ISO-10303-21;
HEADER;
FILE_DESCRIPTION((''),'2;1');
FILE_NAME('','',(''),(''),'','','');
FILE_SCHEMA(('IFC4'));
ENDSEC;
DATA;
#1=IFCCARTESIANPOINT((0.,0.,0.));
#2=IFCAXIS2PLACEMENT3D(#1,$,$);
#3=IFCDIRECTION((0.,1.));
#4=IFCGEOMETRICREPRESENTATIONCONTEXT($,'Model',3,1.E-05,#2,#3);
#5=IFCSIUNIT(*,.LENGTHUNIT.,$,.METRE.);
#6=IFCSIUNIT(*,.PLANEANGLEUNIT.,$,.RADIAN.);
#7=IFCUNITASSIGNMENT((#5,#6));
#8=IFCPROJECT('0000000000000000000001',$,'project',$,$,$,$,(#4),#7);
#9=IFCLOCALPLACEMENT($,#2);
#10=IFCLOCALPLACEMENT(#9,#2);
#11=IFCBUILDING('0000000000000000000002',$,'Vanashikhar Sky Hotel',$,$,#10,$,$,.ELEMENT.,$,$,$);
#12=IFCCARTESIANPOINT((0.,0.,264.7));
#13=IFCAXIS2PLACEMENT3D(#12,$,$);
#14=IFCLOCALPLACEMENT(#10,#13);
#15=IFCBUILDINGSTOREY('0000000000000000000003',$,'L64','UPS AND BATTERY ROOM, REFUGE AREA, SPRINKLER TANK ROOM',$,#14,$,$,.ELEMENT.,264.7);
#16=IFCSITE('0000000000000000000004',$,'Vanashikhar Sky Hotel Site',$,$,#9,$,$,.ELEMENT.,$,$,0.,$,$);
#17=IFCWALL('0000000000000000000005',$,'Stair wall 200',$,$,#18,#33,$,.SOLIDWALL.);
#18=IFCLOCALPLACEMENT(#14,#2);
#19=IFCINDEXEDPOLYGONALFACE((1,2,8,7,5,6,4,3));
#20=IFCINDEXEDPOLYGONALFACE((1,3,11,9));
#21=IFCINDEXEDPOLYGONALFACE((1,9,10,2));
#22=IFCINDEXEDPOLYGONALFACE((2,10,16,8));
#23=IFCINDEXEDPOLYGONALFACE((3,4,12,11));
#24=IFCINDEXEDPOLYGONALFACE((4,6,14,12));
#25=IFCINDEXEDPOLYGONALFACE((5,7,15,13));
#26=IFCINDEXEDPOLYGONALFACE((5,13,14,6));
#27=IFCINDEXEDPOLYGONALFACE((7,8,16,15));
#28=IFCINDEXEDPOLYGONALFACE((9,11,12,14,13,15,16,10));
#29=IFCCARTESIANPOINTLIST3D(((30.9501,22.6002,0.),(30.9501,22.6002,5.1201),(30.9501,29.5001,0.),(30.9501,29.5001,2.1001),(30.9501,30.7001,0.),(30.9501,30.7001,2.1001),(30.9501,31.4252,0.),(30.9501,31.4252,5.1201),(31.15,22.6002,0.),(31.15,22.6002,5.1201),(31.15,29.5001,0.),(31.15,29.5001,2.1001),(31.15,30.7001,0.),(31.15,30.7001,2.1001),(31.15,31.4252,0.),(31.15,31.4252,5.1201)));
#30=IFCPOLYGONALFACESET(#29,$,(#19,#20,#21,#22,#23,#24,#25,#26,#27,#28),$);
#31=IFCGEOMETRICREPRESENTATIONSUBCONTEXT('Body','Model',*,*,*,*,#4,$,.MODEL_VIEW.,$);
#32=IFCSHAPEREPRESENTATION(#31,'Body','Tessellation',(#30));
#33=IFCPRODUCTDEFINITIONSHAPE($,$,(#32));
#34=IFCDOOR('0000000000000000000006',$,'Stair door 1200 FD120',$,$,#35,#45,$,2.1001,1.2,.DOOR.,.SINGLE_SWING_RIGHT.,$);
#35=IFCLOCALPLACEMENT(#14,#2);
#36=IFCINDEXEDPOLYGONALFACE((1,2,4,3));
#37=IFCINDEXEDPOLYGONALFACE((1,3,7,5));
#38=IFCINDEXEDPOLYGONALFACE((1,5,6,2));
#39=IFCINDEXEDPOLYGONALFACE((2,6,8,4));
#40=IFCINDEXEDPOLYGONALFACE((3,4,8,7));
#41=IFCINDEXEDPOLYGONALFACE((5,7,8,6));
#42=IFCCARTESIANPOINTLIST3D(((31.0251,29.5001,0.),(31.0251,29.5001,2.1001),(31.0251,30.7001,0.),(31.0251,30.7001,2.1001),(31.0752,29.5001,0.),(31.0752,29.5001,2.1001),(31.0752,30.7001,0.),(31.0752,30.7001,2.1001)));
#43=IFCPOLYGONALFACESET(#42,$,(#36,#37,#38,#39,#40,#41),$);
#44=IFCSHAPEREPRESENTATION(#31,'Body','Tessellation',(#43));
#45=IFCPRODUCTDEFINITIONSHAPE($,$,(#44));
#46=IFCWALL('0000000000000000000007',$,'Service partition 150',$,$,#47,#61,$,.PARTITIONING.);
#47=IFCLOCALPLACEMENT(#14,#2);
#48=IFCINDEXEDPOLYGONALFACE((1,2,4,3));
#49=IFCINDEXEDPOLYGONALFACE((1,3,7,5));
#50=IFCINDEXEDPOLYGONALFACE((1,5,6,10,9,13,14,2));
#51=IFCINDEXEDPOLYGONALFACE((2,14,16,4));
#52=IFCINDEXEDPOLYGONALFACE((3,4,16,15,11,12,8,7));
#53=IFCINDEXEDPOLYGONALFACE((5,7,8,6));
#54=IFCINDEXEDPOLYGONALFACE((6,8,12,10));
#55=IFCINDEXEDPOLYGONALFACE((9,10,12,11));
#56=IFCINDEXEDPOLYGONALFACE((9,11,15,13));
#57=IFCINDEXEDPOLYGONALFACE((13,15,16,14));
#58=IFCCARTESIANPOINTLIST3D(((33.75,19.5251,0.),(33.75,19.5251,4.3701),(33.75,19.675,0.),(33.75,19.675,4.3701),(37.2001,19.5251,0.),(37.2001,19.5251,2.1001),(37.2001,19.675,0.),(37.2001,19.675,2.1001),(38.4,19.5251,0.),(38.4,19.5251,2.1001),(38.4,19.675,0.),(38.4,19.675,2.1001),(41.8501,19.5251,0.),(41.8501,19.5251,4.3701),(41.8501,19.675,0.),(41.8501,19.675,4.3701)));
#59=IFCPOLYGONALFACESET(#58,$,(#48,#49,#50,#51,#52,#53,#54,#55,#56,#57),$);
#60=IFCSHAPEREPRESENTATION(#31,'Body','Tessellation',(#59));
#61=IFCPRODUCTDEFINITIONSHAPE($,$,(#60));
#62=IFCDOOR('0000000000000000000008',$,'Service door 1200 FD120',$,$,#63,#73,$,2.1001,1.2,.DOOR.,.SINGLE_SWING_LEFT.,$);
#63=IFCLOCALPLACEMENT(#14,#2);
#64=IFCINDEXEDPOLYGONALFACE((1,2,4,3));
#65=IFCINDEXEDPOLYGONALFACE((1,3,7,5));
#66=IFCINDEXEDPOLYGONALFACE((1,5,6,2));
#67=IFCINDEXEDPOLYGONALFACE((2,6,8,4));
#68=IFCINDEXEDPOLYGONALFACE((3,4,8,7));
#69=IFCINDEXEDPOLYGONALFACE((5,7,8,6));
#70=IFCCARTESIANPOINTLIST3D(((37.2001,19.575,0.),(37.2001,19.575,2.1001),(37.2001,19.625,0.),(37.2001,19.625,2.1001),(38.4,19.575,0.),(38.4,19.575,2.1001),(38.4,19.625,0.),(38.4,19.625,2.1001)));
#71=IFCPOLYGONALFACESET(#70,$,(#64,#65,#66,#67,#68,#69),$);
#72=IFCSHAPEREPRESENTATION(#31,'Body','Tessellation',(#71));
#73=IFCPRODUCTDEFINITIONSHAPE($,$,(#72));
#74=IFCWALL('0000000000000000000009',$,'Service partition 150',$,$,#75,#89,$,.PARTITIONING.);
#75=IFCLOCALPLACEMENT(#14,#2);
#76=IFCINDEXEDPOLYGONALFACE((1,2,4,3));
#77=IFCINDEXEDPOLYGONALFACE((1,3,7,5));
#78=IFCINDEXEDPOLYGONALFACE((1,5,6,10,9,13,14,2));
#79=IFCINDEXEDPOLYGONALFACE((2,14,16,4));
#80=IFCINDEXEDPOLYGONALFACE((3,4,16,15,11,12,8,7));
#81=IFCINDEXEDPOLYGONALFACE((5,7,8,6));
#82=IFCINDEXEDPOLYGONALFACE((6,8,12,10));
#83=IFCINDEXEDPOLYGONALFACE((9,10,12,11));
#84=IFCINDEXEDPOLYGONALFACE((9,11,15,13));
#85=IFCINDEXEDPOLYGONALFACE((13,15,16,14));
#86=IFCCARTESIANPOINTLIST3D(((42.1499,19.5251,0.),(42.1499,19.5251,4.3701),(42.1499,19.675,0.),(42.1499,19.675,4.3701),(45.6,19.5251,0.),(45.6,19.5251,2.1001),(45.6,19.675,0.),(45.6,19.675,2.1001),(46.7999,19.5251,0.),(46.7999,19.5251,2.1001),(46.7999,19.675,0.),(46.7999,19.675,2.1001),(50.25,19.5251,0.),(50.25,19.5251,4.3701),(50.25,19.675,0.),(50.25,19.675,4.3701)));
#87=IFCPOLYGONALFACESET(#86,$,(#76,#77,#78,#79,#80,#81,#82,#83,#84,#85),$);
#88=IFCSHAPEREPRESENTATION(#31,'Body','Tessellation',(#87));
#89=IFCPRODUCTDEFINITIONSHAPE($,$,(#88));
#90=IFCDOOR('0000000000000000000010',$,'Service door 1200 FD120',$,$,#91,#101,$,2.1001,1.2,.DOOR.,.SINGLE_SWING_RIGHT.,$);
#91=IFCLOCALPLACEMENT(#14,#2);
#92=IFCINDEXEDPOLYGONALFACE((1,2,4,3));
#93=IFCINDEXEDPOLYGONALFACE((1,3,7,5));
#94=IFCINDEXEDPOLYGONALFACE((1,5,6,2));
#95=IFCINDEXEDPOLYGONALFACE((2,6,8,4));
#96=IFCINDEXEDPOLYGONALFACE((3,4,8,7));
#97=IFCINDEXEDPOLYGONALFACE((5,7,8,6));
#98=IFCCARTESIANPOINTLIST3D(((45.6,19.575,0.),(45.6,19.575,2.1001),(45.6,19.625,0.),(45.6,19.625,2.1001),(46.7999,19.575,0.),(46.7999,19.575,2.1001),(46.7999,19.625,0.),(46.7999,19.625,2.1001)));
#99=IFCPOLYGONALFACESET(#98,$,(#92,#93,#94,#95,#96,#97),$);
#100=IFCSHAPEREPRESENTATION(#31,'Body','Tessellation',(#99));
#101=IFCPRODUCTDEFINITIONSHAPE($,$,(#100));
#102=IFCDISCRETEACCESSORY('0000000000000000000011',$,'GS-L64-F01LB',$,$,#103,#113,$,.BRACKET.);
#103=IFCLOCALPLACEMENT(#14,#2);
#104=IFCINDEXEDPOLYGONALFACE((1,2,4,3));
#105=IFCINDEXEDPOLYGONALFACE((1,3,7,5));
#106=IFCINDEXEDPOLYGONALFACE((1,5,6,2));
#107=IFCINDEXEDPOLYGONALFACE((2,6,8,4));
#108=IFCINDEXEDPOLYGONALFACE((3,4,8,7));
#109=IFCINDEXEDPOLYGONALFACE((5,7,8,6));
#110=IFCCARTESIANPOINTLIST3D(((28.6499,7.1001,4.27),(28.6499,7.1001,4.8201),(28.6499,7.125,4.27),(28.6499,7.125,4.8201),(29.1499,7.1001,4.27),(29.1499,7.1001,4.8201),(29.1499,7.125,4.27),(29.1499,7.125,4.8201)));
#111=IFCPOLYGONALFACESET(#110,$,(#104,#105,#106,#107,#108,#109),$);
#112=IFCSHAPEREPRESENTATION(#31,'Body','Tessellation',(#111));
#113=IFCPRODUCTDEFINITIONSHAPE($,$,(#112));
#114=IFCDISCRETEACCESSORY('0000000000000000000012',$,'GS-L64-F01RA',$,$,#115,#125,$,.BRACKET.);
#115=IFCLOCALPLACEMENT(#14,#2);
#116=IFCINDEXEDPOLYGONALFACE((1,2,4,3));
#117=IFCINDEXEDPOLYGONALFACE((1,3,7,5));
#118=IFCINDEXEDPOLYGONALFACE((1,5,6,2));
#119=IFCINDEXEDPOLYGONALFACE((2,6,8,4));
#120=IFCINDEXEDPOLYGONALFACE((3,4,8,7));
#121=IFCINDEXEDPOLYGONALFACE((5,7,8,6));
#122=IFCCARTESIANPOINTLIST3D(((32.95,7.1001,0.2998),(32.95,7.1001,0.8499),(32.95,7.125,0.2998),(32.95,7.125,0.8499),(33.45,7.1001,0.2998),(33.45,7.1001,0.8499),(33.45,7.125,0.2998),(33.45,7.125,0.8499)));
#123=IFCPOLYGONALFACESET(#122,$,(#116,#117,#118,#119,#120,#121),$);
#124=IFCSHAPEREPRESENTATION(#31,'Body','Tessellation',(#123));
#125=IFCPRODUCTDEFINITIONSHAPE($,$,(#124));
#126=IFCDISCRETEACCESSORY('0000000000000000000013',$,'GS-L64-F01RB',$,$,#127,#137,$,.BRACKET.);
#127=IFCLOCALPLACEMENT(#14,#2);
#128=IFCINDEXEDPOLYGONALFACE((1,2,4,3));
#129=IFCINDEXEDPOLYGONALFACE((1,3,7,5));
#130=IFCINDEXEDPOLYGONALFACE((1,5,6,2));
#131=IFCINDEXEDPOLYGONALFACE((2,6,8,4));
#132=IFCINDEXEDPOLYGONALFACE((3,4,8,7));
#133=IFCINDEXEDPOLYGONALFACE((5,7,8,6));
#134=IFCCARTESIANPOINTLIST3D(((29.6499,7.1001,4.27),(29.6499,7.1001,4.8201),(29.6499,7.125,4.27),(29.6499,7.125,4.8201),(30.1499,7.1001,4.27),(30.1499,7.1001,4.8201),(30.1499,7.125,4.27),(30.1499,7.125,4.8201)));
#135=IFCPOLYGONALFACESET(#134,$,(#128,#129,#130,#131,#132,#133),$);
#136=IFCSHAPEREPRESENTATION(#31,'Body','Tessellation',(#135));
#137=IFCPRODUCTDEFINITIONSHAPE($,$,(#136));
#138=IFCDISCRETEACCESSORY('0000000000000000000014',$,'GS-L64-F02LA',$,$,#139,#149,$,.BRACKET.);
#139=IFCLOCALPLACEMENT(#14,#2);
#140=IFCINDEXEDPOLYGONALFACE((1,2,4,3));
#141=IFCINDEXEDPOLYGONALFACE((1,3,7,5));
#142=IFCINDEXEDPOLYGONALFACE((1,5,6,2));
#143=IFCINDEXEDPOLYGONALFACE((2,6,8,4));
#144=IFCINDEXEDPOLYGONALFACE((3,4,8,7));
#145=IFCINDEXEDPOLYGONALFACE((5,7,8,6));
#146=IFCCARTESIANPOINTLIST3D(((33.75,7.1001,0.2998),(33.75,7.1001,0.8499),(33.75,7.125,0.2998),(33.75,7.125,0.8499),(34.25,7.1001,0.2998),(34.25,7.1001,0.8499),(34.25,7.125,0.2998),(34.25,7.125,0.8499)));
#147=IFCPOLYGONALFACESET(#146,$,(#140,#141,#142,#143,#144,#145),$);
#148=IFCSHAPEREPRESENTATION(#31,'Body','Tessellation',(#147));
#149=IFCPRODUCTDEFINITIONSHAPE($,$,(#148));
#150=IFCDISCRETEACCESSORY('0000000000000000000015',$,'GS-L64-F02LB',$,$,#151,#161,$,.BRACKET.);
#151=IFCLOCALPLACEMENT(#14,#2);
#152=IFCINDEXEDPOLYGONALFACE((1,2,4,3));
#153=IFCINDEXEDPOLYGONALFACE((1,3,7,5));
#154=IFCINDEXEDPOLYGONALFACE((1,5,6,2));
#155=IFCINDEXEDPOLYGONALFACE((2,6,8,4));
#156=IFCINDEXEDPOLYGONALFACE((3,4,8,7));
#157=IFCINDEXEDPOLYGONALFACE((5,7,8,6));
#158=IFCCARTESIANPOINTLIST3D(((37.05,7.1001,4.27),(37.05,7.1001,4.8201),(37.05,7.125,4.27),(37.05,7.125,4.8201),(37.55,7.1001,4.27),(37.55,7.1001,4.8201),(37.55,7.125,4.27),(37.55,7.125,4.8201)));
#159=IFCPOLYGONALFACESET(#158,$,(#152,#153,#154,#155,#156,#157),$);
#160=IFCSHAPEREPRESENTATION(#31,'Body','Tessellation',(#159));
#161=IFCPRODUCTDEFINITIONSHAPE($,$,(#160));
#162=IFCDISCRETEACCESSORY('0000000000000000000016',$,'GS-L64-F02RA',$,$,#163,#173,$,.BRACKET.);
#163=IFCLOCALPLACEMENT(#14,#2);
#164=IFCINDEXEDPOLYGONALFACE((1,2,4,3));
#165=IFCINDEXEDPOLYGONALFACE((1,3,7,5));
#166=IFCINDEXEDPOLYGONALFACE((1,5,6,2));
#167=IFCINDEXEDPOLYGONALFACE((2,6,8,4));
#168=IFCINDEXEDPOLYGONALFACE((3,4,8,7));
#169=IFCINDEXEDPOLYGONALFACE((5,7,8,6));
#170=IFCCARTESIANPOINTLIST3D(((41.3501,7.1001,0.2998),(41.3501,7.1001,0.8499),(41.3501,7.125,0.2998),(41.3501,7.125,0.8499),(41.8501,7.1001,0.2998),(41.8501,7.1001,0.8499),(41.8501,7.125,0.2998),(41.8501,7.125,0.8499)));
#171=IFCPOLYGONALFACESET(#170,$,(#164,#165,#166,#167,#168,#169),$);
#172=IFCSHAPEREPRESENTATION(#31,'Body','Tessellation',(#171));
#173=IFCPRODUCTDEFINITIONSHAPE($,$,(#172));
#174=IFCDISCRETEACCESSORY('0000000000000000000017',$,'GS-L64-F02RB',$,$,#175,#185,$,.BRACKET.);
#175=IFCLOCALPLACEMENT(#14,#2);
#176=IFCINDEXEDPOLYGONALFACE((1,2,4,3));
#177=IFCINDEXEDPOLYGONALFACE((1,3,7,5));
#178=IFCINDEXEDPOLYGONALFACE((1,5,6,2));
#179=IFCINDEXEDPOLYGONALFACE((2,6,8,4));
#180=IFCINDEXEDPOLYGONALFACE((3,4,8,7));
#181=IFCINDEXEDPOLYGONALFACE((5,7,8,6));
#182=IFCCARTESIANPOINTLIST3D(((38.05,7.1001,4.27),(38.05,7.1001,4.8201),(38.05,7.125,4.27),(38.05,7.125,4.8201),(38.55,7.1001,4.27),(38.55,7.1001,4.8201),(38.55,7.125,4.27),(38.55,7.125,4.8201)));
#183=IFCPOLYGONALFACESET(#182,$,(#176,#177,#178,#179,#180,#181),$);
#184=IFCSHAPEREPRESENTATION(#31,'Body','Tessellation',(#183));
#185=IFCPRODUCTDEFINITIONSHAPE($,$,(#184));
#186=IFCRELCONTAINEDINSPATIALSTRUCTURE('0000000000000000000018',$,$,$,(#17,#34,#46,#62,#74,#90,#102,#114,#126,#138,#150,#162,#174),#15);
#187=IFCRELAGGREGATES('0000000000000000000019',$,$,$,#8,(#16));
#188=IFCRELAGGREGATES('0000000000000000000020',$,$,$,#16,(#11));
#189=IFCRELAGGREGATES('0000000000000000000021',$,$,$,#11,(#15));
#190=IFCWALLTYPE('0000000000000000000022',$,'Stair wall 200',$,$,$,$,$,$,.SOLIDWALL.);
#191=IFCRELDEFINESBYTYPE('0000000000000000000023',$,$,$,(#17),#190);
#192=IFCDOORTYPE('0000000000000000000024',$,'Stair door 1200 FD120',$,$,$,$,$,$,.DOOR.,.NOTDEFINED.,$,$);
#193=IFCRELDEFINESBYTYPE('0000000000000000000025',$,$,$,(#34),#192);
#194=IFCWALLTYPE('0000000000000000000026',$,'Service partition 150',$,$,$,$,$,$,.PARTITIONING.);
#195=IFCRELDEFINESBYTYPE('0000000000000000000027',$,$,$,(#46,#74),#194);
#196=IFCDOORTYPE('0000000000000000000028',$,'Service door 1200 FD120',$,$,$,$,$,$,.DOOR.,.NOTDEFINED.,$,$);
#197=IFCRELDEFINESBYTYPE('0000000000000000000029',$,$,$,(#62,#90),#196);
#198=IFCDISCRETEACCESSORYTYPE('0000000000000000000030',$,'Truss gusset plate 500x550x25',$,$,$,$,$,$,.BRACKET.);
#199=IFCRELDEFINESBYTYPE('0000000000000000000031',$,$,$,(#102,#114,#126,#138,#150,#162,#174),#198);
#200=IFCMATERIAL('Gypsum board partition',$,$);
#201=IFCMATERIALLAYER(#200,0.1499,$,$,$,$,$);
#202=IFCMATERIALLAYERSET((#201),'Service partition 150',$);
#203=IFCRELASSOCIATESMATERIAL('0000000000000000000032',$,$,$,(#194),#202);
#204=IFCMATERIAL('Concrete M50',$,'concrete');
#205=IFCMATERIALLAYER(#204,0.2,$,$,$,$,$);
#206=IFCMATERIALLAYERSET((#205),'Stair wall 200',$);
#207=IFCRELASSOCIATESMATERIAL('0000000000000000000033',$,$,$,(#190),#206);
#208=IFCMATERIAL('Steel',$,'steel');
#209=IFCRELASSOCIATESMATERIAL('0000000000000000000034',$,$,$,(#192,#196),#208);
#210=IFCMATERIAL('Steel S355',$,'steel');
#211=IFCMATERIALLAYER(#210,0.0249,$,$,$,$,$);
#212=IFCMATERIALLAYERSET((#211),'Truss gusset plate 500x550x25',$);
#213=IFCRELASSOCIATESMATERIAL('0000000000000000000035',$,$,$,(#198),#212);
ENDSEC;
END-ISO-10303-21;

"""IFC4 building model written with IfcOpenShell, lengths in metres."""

from ifc_helpers import new_model, si_unit, direction, frame, frame_2d, origin, origin_2d, place, context, subcontext, project, spatial, rectangle, extrude, source, transform, mapped, material, layer, layer_set, type_object, element, fill, save


model = new_model("IFC4")

# Units and contexts
model_context = context("Model", 3, precision=1e-05, world=origin(), true_north=direction((0.0, 1.0)))
body_context = subcontext(model_context, "Body", "Model", "MODEL_VIEW")
ifc_project = project(units=[si_unit("LENGTHUNIT", "METRE"), si_unit("PLANEANGLEUNIT", "RADIAN")], contexts=[model_context])

# Site, building, storey
site_placement = place(None, origin())
site = spatial("IfcSite", under=ifc_project, at=site_placement, Name="Vanashikhar Sky Hotel Site", CompositionType="ELEMENT", RefElevation=0.0)
building_placement = place(site_placement, origin())
building = spatial("IfcBuilding", under=site, at=building_placement, Name="Vanashikhar Sky Hotel", CompositionType="ELEMENT")
storey_placement = place(building_placement, frame((0.0, 0.0, 264.7)))
storey = spatial("IfcBuildingStorey", under=building, at=storey_placement, Name="L64", Description="UPS AND BATTERY ROOM, REFUGE AREA, SPRINKLER TANK ROOM", CompositionType="ELEMENT", Elevation=264.7)

# Shared definitions
ifc_material_1 = material(Name="Steel S355", Category="steel")

# Shared definitions
ifc_material_2 = material(Name="Concrete M50", Category="concrete")

# Shared definitions
ifc_material_3 = material(Name="Steel", Category="steel")

# Shared definitions
ifc_material_4 = material(Name="Gypsum board partition")
ifc_layer_1 = layer(ifc_material_4, 0.1499)
ifc_layer_set_1 = layer_set([ifc_layer_1], Name="Service partition 150")
wall_type_1 = type_object("IfcWallType", Name="Service partition 150", PredefinedType="PARTITIONING", material=ifc_layer_set_1)

# Walls, openings, doors
ifc_layer_2 = layer(ifc_material_2, 0.2)
ifc_layer_set_2 = layer_set([ifc_layer_2], Name="Stair wall 200")
wall_type_2 = type_object("IfcWallType", Name="Stair wall 200", PredefinedType="SOLIDWALL", material=ifc_layer_set_2)
shared_shape_1 = source(origin(), body_context, "Body", "SweptSolid", [
    extrude(rectangle(XDim=8.825, YDim=0.2, at=frame_2d((4.4126, 0.0))), origin(), (0.0, 0.0, 1.0), 5.1201),
])
wall_1_placement = place(storey_placement, frame((31.05, 22.6001, 0.0), z_axis=(0.0, 0.0, 1.0), x_axis=(0.0, 1.0, 0.0)))
wall_1 = element("IfcWall", 1, at=wall_1_placement, inside=storey, type_object=wall_type_2, Name="Stair wall 200", PredefinedType="SOLIDWALL", context=body_context, shape_type="MappedRepresentation", body=[
    mapped(shared_shape_1, transform((0.0, 0.0, 0.0), scale=1.0)),
])
shared_shape_2 = source(origin(), body_context, "Body", "SweptSolid", [
    extrude(rectangle(XDim=1.2, YDim=2.1001, at=frame_2d((0.6001, 1.05))), frame((0.0, 0.1099, 0.0), z_axis=(0.0, -1.0, 0.0), x_axis=(1.0, 0.0, 0.0)), (0.0, 0.0, 1.0), 0.22),
])
opening_1_placement = place(wall_1_placement, frame((6.8999, 0.0, 0.0)))
opening_1 = element("IfcOpeningElement", 2, at=opening_1_placement, cuts=wall_1, PredefinedType="OPENING", context=body_context, shape_type="MappedRepresentation", body=[
    mapped(shared_shape_2, transform((0.0, 0.0, 0.0), scale=1.0)),
])
door_type_1 = type_object("IfcDoorType", Name="Stair door 1200 FD120", OperationType="NOTDEFINED", PredefinedType="DOOR", material=ifc_material_3)
shared_shape_3 = source(origin(), body_context, "Body", "SweptSolid", [
    extrude(rectangle(XDim=1.2, YDim=2.1001, at=frame_2d((0.6001, 1.05))), frame((0.0, 0.0249, 0.0), z_axis=(0.0, -1.0, 0.0), x_axis=(1.0, 0.0, 0.0)), (0.0, 0.0, 1.0), 0.05),
])
door_1_placement = place(opening_1_placement, origin())
door_1 = element("IfcDoor", 3, at=door_1_placement, inside=storey, type_object=door_type_1, Name="Stair door 1200 FD120", OperationType="SINGLE_SWING_RIGHT", OverallHeight=2.1001, OverallWidth=1.2, PredefinedType="DOOR", context=body_context, shape_type="MappedRepresentation", body=[
    mapped(shared_shape_3, transform((0.0, 0.0, 0.0), scale=1.0)),
])
fill(opening_1, door_1)
shared_shape_4 = source(origin(), body_context, "Body", "SweptSolid", [
    extrude(rectangle(XDim=8.1001, YDim=0.1499, at=frame_2d((4.05, 0.0))), origin(), (0.0, 0.0, 1.0), 4.3701),
])
wall_2_placement = place(storey_placement, frame((33.75, 19.6001, 0.0), z_axis=(0.0, 0.0, 1.0), x_axis=(1.0, 0.0, 0.0)))
wall_2 = element("IfcWall", 4, at=wall_2_placement, inside=storey, type_object=wall_type_1, Name="Service partition 150", PredefinedType="PARTITIONING", context=body_context, shape_type="MappedRepresentation", body=[
    mapped(shared_shape_4, transform((0.0, 0.0, 0.0), scale=1.0)),
])
shared_shape_5 = source(origin(), body_context, "Body", "SweptSolid", [
    extrude(rectangle(XDim=1.2, YDim=2.1001, at=frame_2d((0.6001, 1.05))), frame((0.0, 0.085, 0.0), z_axis=(0.0, -1.0, 0.0), x_axis=(1.0, 0.0, 0.0)), (0.0, 0.0, 1.0), 0.1699),
])
opening_2_placement = place(wall_2_placement, frame((3.45, 0.0, 0.0)))
opening_2 = element("IfcOpeningElement", 5, at=opening_2_placement, cuts=wall_2, PredefinedType="OPENING", context=body_context, shape_type="MappedRepresentation", body=[
    mapped(shared_shape_5, transform((0.0, 0.0, 0.0), scale=1.0)),
])
door_type_2 = type_object("IfcDoorType", Name="Service door 1200 FD120", OperationType="NOTDEFINED", PredefinedType="DOOR", material=ifc_material_3)
door_2_placement = place(opening_2_placement, origin())
door_2 = element("IfcDoor", 6, at=door_2_placement, inside=storey, type_object=door_type_2, Name="Service door 1200 FD120", OperationType="SINGLE_SWING_LEFT", OverallHeight=2.1001, OverallWidth=1.2, PredefinedType="DOOR", context=body_context, shape_type="MappedRepresentation", body=[
    mapped(shared_shape_3, transform((0.0, 0.0, 0.0), scale=1.0)),
])
fill(opening_2, door_2)
wall_3_placement = place(storey_placement, frame((42.1499, 19.6001, 0.0), z_axis=(0.0, 0.0, 1.0), x_axis=(1.0, 0.0, 0.0)))
wall_3 = element("IfcWall", 7, at=wall_3_placement, inside=storey, type_object=wall_type_1, Name="Service partition 150", PredefinedType="PARTITIONING", context=body_context, shape_type="MappedRepresentation", body=[
    mapped(shared_shape_4, transform((0.0, 0.0, 0.0), scale=1.0)),
])
opening_3_placement = place(wall_3_placement, frame((3.45, 0.0, 0.0)))
opening_3 = element("IfcOpeningElement", 8, at=opening_3_placement, cuts=wall_3, PredefinedType="OPENING", context=body_context, shape_type="MappedRepresentation", body=[
    mapped(shared_shape_5, transform((0.0, 0.0, 0.0), scale=1.0)),
])
door_3_placement = place(opening_3_placement, origin())
door_3 = element("IfcDoor", 9, at=door_3_placement, inside=storey, type_object=door_type_2, Name="Service door 1200 FD120", OperationType="SINGLE_SWING_RIGHT", OverallHeight=2.1001, OverallWidth=1.2, PredefinedType="DOOR", context=body_context, shape_type="MappedRepresentation", body=[
    mapped(shared_shape_3, transform((0.0, 0.0, 0.0), scale=1.0)),
])
fill(opening_3, door_3)

# Discrete accessories
ifc_layer_3 = layer(ifc_material_1, 0.0249)
ifc_layer_set_3 = layer_set([ifc_layer_3], Name="Truss gusset plate 500x550x25")
discrete_accessory_type = type_object("IfcDiscreteAccessoryType", Name="Truss gusset plate 500x550x25", PredefinedType="BRACKET", material=ifc_layer_set_3)
shared_shape_6 = source(origin(), body_context, "Body", "SweptSolid", [
    extrude(rectangle(XDim=0.5, YDim=0.0249, at=origin_2d()), origin(), (0.0, 0.0, 1.0), 0.55),
])
for number, where, z_axis, x_axis, name in (
    (10, (28.8999, 7.1125, 4.27), (0.0, 0.0, 1.0), (1.0, 0.0, 0.0), "GS-L64-F01LB"),
    (11, (33.2, 7.1125, 0.2998), (0.0, 0.0, 1.0), (1.0, 0.0, 0.0), "GS-L64-F01RA"),
    (12, (29.8999, 7.1125, 4.27), (0.0, 0.0, 1.0), (1.0, 0.0, 0.0), "GS-L64-F01RB"),
    (13, (34.0, 7.1125, 0.2998), (0.0, 0.0, 1.0), (1.0, 0.0, 0.0), "GS-L64-F02LA"),
    (14, (37.3, 7.1125, 4.27), (0.0, 0.0, 1.0), (1.0, 0.0, 0.0), "GS-L64-F02LB"),
    (15, (41.6001, 7.1125, 0.2998), (0.0, 0.0, 1.0), (1.0, 0.0, 0.0), "GS-L64-F02RA"),
    (16, (38.3, 7.1125, 4.27), (0.0, 0.0, 1.0), (1.0, 0.0, 0.0), "GS-L64-F02RB"),
):
    element("IfcDiscreteAccessory", number, at=place(storey_placement, frame(where, z_axis=z_axis, x_axis=x_axis)), inside=storey, type_object=discrete_accessory_type, Name=name, PredefinedType="BRACKET", context=body_context, shape_type="MappedRepresentation", body=[
        mapped(shared_shape_6, transform((0.0, 0.0, 0.0), scale=1.0)),
    ])

save(model, "model.ifc")
